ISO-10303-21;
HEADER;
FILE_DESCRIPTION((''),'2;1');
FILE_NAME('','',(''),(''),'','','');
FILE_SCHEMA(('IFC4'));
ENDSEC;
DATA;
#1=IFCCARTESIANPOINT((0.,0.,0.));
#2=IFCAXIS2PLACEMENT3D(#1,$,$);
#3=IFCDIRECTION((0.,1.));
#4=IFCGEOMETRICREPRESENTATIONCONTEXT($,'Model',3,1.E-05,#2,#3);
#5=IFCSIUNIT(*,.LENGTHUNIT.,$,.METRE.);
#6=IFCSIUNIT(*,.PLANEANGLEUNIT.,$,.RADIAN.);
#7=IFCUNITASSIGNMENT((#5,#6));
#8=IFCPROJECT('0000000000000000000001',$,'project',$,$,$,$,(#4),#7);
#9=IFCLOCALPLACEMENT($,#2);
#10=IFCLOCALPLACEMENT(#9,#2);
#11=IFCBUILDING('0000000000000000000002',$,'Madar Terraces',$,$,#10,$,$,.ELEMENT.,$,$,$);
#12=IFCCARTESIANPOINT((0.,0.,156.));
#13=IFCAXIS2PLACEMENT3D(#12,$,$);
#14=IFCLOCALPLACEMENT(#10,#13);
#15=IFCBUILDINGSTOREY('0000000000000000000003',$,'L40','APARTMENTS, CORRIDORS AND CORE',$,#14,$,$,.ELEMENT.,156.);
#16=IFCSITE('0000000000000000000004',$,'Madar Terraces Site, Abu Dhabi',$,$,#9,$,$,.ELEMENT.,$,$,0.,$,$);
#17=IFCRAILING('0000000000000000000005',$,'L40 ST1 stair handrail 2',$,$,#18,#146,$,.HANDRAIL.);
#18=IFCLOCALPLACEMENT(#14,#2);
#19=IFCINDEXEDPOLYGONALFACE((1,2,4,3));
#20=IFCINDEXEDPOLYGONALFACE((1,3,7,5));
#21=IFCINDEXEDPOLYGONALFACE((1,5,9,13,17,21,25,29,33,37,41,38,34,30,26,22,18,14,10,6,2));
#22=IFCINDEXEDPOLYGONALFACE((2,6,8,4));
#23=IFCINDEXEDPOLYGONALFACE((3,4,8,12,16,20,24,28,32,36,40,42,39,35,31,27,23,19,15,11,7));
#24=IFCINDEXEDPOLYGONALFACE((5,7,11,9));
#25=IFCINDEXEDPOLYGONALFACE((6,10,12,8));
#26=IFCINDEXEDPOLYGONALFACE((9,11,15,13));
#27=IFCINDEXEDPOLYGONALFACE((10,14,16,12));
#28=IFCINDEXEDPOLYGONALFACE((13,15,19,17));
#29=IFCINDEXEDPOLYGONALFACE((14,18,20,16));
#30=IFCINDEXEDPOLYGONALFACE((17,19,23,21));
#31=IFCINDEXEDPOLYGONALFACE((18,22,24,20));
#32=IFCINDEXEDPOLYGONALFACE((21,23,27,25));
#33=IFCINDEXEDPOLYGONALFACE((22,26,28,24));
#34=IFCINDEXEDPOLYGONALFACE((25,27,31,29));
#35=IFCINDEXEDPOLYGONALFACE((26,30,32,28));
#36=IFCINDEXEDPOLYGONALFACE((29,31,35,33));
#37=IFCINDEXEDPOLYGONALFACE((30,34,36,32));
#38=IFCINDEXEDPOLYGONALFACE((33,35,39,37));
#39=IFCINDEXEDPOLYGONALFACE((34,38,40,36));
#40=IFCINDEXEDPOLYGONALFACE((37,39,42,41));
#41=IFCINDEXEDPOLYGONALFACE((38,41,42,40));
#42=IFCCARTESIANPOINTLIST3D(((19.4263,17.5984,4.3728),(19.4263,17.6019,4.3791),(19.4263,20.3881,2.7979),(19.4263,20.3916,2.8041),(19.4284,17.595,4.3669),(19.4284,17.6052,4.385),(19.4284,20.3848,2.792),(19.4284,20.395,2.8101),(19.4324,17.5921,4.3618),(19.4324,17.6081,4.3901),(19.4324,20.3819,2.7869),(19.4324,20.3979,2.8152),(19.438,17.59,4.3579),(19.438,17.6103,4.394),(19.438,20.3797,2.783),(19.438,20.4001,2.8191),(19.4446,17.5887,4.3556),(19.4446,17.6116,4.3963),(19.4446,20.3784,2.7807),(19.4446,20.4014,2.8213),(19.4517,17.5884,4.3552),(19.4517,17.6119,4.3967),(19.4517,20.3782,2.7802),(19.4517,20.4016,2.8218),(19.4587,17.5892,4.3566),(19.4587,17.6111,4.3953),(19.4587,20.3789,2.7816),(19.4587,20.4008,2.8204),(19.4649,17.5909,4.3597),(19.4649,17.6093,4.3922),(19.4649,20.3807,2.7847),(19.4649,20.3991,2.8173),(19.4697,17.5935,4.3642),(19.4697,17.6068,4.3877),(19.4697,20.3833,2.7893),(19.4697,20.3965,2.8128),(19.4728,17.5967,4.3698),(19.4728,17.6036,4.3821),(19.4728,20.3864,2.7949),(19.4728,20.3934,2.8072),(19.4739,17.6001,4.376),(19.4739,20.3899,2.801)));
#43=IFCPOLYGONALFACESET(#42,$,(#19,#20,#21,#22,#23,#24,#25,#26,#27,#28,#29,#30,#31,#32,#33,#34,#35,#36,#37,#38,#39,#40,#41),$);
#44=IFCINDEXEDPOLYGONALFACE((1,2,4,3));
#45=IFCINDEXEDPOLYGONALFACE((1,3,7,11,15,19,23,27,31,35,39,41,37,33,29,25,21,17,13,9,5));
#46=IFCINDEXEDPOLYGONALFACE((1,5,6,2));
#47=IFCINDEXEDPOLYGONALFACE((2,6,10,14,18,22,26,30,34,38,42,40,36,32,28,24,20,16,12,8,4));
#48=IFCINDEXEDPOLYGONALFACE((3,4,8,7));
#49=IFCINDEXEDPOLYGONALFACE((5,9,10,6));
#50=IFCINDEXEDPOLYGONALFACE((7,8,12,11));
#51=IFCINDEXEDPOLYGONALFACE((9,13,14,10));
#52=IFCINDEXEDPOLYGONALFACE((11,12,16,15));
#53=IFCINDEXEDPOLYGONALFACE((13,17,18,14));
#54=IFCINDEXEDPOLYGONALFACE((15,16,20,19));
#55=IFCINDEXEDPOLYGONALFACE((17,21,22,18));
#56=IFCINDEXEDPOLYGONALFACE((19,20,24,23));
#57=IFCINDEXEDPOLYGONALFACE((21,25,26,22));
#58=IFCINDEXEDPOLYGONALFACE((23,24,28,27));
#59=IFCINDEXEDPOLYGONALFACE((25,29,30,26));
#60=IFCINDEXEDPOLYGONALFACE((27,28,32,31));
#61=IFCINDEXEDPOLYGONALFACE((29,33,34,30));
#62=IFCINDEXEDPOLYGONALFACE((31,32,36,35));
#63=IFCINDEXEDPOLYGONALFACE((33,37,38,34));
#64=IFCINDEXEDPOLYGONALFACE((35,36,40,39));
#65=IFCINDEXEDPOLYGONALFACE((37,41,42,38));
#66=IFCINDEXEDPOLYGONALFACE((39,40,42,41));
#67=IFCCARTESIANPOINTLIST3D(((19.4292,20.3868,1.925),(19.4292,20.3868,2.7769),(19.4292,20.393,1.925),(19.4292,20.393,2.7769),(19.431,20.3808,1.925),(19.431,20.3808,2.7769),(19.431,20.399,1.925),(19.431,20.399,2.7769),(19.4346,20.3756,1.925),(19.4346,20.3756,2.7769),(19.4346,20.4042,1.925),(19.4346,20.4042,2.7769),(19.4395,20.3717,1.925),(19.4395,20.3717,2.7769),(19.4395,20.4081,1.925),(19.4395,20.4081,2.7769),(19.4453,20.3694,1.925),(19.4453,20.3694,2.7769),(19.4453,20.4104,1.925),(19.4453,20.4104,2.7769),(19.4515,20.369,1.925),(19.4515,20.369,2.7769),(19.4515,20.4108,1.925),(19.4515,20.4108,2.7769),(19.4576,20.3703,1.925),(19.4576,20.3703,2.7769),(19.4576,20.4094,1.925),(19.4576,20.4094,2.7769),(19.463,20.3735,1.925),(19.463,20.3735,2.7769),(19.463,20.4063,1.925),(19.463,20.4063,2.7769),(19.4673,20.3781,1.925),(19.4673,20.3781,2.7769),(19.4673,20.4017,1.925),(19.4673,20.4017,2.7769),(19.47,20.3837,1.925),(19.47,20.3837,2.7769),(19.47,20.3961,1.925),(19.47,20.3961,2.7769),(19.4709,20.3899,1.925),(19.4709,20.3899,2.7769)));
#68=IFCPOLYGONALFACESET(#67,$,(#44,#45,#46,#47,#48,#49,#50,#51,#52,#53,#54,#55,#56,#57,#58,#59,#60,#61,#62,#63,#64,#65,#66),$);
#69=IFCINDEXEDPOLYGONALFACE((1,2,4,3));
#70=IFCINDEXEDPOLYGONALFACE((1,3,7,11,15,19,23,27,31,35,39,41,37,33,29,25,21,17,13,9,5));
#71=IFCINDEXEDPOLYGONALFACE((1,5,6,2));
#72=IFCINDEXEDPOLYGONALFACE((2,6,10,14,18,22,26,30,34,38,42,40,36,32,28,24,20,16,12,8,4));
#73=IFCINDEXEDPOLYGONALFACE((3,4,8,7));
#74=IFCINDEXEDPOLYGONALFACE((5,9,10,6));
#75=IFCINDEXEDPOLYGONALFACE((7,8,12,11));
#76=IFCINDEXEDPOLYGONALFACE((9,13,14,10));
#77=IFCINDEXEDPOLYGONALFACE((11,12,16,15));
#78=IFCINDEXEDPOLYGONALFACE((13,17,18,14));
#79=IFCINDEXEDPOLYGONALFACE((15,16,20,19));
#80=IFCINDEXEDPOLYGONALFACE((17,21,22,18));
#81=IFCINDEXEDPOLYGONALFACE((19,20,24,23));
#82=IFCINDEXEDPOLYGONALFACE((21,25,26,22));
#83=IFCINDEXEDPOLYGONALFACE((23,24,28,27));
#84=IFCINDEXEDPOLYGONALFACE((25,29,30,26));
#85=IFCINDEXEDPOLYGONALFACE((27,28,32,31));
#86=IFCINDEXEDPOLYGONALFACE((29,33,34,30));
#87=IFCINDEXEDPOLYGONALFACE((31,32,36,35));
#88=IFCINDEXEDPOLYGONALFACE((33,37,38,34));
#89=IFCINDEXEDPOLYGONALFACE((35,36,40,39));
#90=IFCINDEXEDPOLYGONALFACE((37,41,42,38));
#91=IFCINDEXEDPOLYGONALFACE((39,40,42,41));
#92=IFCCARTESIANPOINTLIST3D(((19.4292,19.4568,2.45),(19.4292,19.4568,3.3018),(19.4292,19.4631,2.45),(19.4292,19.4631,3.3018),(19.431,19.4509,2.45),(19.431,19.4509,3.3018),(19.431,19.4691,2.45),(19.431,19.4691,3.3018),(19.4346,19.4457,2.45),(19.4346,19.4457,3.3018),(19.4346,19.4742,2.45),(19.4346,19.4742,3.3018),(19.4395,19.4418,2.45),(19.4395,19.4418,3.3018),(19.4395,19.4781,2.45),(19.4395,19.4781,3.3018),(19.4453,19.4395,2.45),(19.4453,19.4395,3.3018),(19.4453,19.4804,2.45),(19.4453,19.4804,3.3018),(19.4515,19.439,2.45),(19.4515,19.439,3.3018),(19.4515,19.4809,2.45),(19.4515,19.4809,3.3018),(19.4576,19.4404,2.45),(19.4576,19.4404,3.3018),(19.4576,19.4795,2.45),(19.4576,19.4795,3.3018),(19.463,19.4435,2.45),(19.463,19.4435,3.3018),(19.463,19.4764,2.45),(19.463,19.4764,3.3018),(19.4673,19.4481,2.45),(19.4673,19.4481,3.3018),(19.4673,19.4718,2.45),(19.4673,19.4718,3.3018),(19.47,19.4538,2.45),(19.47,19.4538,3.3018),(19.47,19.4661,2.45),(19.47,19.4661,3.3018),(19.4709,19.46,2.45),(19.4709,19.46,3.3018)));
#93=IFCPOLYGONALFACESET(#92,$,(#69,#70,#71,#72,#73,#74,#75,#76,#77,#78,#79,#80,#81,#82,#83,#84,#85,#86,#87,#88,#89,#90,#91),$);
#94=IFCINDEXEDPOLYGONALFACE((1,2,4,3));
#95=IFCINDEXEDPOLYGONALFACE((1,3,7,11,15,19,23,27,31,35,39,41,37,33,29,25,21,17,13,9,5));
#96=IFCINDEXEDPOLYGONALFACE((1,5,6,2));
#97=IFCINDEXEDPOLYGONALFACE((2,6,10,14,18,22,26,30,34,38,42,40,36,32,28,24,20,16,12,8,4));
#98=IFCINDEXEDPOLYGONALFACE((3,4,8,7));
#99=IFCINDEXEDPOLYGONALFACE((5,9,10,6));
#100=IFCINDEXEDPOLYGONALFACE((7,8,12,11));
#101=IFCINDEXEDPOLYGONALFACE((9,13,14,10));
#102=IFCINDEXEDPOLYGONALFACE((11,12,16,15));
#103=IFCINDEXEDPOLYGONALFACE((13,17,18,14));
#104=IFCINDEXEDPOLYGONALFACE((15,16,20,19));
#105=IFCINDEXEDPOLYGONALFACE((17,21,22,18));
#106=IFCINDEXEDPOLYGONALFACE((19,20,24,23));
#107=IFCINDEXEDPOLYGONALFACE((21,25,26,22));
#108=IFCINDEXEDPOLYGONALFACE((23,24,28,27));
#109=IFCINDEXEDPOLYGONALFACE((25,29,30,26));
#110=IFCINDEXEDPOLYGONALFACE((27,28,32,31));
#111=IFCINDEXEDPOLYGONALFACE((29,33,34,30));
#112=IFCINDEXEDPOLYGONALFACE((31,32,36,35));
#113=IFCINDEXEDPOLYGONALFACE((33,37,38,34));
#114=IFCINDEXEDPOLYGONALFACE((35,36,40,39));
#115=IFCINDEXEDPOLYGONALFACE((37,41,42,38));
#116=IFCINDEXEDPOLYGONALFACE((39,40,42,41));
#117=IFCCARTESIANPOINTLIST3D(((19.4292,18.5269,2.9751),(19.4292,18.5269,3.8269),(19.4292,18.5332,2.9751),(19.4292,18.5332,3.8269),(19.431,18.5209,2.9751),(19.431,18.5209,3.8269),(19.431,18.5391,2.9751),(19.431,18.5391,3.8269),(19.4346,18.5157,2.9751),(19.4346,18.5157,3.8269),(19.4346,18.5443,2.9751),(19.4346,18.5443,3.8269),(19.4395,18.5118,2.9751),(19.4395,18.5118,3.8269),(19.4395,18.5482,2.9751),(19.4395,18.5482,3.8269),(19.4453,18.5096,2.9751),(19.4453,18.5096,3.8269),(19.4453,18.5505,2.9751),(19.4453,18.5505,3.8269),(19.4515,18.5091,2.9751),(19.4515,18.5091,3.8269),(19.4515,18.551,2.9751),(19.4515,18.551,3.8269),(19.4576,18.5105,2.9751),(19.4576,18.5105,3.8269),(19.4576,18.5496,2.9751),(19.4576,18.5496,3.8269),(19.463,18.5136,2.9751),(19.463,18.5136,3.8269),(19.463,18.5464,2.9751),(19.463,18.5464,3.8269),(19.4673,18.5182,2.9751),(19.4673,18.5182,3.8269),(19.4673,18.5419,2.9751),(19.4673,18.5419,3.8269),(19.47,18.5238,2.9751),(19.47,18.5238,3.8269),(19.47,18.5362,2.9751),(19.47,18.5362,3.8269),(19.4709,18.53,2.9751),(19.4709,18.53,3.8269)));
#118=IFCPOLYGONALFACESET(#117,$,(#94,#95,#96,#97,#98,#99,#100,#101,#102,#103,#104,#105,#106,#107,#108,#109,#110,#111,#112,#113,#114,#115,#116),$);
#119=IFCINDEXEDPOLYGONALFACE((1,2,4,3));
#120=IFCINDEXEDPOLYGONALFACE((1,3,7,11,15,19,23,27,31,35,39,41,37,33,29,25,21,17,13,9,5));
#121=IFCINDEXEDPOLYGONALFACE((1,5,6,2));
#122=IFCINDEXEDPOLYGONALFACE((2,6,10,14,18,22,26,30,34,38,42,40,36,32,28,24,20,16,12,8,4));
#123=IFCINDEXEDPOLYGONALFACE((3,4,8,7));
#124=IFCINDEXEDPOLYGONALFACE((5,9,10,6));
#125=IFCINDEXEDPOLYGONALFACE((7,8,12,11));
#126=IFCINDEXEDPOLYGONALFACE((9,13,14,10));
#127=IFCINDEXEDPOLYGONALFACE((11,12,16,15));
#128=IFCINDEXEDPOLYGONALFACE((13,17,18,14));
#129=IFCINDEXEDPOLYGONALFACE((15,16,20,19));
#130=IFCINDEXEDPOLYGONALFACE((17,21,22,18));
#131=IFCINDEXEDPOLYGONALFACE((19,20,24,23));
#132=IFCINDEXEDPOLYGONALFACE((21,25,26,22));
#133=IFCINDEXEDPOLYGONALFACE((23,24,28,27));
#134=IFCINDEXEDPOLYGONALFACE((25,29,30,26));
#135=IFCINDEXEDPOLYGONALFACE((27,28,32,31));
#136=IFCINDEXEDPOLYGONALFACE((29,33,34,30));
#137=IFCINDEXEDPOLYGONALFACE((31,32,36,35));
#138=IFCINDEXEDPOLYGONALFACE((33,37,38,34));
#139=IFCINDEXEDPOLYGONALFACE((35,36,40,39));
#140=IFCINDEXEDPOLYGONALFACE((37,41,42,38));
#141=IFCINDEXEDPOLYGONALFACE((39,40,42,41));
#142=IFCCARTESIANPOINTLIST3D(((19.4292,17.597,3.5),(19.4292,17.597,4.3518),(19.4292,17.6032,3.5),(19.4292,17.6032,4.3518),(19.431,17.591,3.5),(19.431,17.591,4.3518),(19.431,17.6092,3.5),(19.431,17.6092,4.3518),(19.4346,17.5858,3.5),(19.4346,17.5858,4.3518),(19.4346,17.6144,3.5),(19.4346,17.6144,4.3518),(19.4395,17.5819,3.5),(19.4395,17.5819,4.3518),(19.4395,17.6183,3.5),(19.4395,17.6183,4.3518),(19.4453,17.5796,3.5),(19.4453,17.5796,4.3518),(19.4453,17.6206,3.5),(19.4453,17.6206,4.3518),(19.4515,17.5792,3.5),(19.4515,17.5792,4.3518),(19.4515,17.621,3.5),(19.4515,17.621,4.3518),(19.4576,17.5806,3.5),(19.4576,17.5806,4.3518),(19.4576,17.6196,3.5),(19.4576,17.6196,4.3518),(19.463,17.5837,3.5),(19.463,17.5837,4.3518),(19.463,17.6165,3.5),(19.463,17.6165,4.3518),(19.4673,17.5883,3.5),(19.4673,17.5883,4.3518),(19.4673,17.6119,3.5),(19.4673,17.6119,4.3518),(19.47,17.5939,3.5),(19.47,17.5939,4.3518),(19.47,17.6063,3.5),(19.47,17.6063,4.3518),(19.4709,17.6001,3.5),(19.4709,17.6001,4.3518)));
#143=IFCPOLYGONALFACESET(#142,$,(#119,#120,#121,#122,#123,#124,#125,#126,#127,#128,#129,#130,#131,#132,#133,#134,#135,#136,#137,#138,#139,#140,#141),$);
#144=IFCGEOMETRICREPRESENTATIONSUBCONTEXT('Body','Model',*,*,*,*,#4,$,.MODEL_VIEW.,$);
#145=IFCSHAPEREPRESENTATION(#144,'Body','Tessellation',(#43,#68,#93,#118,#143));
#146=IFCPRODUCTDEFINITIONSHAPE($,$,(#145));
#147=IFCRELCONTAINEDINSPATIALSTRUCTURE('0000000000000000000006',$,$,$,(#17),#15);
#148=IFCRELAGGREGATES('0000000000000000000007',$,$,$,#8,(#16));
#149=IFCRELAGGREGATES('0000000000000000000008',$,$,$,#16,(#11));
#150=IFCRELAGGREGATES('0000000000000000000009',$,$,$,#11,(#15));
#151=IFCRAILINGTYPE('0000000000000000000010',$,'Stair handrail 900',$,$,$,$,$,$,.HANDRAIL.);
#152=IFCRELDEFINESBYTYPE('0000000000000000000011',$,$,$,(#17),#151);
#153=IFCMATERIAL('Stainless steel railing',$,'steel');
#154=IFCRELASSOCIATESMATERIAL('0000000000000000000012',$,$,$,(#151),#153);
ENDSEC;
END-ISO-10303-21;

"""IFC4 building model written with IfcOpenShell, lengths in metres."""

from ifc_helpers import new_model, si_unit, direction, frame, origin, origin_2d, place, context, subcontext, project, spatial, circle, extrude, material, type_object, element, save


model = new_model("IFC4")

# Units and contexts
model_context = context("Model", 3, precision=1e-05, world=origin(), true_north=direction((0.0, 1.0)))
body_context = subcontext(model_context, "Body", "Model", "MODEL_VIEW")
ifc_project = project(units=[si_unit("LENGTHUNIT", "METRE"), si_unit("PLANEANGLEUNIT", "RADIAN")], contexts=[model_context])

# Site, building, storey
site_placement = place(None, origin())
site = spatial("IfcSite", under=ifc_project, at=site_placement, Name="Madar Terraces Site, Abu Dhabi", CompositionType="ELEMENT", RefElevation=0.0)
building_placement = place(site_placement, origin())
building = spatial("IfcBuilding", under=site, at=building_placement, Name="Madar Terraces", CompositionType="ELEMENT")
storey_placement = place(building_placement, frame((0.0, 0.0, 156.0)))
storey = spatial("IfcBuildingStorey", under=building, at=storey_placement, Name="L40", Description="APARTMENTS, CORRIDORS AND CORE", CompositionType="ELEMENT", Elevation=156.0)

# Railing
ifc_material_1 = material(Name="Stainless steel railing", Category="steel")
railing_type_1 = type_object("IfcRailingType", Name="Stair handrail 900", PredefinedType="HANDRAIL", material=ifc_material_1)
railing_1_placement = place(storey_placement, frame((19.45, 20.3899, 1.925)))
element("IfcRailing", 1, at=railing_1_placement, inside=storey, type_object=railing_type_1, Name="L40 ST1 stair handrail 2", PredefinedType="HANDRAIL", context=body_context, shape_type="SweptSolid", body=[
    extrude(circle(Radius=0.0239, at=origin_2d()), frame((0.0, 0.0, 0.876), z_axis=(0.0, -0.870815, 0.49161), x_axis=(1.0, 0.0, 0.0)), (0.0, 0.0, 1.0), 3.2036),
    extrude(circle(Radius=0.021, at=origin_2d()), origin(), (0.0, 0.0, 1.0), 0.8518),
    extrude(circle(Radius=0.021, at=origin_2d()), frame((0.0, -0.9299, 0.5249)), (0.0, 0.0, 1.0), 0.8518),
    extrude(circle(Radius=0.021, at=origin_2d()), frame((0.0, -1.8599, 1.05)), (0.0, 0.0, 1.0), 0.8518),
    extrude(circle(Radius=0.021, at=origin_2d()), frame((0.0, -2.7898, 1.575)), (0.0, 0.0, 1.0), 0.8518),
])

save(model, "model.ifc")
